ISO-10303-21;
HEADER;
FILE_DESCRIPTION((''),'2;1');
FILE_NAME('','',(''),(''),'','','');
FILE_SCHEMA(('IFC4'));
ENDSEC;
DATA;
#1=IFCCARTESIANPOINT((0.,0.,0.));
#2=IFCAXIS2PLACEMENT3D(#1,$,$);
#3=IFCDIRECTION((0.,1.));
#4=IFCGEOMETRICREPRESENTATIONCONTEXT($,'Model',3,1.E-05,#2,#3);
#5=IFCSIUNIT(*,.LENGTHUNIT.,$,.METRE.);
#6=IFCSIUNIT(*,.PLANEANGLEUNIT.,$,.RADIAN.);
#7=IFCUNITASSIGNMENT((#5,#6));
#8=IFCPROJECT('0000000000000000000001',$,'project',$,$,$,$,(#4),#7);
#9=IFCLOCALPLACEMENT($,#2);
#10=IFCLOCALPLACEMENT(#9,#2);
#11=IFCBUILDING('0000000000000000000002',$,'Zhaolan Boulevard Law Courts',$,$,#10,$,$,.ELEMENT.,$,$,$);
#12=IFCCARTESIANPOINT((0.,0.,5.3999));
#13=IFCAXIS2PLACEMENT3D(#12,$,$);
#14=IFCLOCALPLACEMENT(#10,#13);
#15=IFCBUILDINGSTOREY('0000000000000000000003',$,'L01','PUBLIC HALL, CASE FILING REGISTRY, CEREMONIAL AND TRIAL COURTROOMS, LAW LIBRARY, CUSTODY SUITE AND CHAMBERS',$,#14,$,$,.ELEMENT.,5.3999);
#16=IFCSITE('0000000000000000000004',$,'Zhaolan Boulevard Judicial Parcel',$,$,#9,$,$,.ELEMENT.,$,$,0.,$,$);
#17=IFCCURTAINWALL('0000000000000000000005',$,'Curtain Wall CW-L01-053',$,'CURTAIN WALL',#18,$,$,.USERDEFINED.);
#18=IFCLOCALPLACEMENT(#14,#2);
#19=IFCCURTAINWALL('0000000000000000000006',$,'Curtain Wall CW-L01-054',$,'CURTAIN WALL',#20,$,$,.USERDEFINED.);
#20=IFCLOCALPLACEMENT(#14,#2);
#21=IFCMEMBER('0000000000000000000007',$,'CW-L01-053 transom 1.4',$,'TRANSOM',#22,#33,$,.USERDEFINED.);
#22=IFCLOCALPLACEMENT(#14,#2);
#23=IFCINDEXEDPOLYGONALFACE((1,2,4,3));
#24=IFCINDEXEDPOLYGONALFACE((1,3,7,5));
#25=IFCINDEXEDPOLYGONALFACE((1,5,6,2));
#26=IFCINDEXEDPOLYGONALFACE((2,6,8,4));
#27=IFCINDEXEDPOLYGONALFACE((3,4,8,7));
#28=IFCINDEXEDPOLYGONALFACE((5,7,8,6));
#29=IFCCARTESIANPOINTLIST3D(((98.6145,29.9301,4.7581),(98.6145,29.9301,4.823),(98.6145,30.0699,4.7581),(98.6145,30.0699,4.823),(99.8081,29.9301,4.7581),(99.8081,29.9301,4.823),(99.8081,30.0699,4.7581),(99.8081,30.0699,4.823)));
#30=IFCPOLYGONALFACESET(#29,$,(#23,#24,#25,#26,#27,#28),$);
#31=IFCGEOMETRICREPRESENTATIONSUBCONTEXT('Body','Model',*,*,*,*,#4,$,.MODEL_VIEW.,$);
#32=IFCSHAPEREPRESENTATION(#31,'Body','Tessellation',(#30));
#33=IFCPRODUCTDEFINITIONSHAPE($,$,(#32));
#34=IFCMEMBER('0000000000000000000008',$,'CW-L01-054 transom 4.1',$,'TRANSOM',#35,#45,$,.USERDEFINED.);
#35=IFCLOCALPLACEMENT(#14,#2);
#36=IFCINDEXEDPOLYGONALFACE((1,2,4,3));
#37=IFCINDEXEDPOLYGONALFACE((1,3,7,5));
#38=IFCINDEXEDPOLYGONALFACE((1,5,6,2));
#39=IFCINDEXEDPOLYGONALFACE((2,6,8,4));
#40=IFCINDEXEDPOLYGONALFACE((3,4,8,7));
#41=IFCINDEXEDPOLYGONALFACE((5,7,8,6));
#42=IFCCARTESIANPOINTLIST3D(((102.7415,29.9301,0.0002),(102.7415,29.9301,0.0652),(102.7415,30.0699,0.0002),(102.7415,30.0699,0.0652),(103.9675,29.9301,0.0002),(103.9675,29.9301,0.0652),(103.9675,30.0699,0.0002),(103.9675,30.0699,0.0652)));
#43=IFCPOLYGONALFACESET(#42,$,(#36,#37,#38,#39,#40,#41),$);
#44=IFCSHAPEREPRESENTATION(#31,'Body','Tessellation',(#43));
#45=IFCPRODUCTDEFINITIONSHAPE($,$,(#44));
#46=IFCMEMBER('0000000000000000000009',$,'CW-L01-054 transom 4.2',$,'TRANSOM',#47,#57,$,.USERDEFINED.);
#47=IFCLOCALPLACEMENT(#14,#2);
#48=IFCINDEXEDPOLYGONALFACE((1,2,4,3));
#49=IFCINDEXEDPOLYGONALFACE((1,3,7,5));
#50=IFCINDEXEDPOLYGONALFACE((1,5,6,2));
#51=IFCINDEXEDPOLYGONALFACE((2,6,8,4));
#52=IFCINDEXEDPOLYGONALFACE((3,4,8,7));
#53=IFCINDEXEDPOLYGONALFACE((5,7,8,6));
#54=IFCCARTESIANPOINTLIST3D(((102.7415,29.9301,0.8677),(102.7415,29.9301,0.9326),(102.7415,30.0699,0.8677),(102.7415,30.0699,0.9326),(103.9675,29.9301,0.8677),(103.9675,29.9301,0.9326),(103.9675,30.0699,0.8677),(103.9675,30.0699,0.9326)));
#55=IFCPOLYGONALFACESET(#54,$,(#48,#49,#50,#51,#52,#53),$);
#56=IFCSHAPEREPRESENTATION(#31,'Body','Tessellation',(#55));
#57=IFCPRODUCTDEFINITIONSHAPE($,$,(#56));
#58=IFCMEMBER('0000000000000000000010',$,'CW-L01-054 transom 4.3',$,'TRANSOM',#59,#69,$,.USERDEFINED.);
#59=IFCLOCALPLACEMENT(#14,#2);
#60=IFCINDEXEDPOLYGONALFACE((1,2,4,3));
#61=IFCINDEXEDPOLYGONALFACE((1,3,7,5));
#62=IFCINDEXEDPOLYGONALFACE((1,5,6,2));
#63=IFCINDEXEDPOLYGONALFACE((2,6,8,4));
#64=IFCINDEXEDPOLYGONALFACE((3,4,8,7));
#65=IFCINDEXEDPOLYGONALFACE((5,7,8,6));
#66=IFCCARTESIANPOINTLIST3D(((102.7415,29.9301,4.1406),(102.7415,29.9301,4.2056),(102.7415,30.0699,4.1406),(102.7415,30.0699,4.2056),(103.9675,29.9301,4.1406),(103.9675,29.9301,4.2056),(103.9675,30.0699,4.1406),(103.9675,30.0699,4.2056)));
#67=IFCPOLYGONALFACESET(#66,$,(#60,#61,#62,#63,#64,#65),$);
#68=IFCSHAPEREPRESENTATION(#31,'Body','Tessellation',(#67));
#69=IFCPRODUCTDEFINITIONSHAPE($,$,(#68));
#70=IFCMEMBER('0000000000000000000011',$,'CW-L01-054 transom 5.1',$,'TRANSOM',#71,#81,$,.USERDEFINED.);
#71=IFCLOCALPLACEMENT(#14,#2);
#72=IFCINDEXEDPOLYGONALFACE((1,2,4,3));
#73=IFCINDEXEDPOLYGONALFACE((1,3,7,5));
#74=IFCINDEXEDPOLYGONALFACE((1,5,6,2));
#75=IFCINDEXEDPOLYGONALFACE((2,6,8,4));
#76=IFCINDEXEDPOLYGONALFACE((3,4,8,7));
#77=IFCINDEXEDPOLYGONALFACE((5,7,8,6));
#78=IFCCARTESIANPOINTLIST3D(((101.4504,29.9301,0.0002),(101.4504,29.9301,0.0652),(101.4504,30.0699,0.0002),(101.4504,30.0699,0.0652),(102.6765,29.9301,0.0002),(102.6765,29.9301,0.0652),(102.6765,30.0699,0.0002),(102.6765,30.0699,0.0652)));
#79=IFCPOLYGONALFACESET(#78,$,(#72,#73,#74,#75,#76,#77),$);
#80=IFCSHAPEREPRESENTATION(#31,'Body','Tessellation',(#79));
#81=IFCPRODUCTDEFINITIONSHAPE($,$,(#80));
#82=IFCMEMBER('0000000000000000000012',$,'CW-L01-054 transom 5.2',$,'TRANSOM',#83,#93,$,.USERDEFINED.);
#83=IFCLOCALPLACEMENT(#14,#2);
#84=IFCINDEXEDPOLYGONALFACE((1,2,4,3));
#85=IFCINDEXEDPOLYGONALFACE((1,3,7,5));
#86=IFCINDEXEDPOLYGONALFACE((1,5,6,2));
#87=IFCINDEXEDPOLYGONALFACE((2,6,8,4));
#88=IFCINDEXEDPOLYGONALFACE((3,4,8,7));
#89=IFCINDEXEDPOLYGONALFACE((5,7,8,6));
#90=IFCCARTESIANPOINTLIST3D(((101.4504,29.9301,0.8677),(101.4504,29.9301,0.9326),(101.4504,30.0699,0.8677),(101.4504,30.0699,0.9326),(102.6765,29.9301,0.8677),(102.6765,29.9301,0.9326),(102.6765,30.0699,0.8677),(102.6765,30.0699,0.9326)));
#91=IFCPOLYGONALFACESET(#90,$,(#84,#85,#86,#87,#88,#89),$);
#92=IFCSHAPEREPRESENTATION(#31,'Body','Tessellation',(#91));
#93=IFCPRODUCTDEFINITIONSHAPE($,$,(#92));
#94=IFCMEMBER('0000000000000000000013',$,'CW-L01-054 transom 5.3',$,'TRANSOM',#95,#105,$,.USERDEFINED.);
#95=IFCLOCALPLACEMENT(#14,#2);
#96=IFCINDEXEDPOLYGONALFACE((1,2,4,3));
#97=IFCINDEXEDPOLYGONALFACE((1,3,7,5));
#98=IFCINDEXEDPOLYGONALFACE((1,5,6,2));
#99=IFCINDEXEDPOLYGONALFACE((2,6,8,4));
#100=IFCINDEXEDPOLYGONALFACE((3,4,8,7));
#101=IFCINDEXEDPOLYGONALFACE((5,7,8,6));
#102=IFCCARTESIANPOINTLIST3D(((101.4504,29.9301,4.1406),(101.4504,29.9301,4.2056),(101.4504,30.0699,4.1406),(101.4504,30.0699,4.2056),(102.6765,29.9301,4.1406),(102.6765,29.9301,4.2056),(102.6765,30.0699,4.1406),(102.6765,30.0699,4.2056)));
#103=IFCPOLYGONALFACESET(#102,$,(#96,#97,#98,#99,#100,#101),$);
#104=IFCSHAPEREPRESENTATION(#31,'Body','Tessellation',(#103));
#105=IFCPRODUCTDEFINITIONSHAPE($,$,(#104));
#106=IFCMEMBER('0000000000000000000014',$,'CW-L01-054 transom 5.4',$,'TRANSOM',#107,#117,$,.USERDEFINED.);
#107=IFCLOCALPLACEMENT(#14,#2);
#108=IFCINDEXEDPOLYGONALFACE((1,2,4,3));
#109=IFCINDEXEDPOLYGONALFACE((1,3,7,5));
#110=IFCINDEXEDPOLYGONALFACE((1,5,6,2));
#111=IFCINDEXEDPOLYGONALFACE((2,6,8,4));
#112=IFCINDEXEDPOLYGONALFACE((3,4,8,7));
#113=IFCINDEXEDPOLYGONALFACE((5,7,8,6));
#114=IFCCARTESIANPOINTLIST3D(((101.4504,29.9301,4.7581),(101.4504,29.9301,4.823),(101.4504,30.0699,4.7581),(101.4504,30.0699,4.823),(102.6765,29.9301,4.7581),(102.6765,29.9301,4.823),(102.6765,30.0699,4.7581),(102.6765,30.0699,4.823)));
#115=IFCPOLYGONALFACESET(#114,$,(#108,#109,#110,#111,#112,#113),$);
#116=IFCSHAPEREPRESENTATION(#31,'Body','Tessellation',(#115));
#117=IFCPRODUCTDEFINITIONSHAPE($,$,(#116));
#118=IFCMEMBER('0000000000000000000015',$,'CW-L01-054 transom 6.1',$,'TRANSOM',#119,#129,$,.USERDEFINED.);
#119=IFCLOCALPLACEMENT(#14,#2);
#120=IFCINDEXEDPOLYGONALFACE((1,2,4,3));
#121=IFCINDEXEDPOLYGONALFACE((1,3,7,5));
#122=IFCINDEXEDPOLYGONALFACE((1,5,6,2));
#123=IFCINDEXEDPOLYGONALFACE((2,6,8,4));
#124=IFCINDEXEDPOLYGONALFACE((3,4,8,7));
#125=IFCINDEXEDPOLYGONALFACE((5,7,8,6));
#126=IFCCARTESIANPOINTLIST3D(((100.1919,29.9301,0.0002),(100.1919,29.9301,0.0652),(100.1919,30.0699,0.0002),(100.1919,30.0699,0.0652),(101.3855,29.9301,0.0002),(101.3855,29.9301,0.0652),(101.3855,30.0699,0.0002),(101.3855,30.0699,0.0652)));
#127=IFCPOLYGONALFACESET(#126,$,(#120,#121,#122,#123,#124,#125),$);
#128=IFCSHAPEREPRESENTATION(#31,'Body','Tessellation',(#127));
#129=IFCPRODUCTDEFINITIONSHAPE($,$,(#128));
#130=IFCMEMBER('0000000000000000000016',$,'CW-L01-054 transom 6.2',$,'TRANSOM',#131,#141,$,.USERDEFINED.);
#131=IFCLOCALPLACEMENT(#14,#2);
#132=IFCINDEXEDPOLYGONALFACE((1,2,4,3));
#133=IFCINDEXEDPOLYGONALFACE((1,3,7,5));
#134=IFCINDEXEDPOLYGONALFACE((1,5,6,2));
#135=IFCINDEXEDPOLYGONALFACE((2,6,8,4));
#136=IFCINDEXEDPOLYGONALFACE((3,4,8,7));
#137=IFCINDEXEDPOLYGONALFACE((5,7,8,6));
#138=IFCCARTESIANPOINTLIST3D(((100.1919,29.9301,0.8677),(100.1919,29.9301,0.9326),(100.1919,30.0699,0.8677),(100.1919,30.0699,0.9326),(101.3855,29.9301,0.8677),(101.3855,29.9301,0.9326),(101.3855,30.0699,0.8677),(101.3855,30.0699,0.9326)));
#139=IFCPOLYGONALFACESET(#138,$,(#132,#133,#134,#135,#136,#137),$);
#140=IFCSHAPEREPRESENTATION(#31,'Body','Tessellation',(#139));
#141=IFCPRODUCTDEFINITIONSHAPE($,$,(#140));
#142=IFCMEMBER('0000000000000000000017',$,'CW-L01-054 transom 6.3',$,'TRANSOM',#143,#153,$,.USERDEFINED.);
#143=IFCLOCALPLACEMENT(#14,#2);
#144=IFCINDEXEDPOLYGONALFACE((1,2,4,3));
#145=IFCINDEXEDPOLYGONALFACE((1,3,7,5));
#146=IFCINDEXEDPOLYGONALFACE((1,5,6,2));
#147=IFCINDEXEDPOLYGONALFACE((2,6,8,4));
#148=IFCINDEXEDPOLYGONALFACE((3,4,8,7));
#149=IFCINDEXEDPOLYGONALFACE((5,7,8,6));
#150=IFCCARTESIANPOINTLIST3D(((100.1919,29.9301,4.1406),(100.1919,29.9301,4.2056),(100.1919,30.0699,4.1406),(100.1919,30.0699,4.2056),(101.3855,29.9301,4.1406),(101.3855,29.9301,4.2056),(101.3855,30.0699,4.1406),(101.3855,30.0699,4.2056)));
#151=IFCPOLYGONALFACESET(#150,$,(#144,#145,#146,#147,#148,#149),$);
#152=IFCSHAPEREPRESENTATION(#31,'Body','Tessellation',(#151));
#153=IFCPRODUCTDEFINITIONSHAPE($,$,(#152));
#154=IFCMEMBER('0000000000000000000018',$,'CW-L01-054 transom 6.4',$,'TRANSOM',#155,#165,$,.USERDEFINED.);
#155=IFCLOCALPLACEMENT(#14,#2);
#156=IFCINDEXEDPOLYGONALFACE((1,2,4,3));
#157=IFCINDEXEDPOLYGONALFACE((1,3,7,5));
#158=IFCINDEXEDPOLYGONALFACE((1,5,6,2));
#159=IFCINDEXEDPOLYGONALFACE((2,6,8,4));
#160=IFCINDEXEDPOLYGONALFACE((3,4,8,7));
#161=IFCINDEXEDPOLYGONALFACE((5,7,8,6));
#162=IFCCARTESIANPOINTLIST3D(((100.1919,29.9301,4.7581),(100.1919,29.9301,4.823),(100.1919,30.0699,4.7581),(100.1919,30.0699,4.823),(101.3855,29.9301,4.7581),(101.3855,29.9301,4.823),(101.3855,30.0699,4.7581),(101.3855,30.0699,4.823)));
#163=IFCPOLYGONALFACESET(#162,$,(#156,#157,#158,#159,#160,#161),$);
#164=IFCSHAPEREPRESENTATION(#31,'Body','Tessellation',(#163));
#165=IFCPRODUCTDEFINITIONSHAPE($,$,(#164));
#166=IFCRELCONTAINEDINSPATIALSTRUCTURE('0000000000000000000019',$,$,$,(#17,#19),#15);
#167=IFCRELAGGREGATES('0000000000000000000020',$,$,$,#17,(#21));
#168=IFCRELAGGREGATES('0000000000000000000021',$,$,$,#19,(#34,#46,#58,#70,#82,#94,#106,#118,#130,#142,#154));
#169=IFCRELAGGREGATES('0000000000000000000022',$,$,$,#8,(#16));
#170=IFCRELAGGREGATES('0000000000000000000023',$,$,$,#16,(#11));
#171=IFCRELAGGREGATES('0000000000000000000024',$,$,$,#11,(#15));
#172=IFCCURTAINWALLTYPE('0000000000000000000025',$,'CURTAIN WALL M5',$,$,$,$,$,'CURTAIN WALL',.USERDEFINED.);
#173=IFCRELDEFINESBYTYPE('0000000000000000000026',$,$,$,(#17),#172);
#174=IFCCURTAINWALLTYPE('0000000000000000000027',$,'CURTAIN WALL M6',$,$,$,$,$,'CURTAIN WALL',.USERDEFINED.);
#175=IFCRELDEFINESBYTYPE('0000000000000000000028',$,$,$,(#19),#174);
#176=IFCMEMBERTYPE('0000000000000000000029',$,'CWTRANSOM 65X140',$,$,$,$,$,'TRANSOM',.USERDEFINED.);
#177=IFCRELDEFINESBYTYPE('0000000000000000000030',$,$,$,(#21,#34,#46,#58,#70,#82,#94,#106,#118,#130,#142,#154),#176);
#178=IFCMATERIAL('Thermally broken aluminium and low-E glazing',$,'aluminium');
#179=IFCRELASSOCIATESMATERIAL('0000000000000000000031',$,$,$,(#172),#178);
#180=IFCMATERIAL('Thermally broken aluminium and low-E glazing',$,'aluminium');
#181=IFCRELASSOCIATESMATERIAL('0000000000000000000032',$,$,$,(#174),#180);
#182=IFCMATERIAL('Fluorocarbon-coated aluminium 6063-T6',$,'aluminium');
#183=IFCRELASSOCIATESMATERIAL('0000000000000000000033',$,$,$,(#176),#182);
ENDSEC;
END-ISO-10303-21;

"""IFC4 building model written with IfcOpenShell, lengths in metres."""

from ifc_helpers import new_model, si_unit, direction, frame, origin, origin_2d, place, context, subcontext, project, spatial, rectangle, extrude, material, material_profile, profile_set, type_object, element, aggregate, save


model = new_model("IFC4")

# Units and contexts
model_context = context("Model", 3, precision=1e-05, world=origin(), true_north=direction((0.0, 1.0)))
body_context = subcontext(model_context, "Body", "Model", "MODEL_VIEW")
ifc_project = project(units=[si_unit("LENGTHUNIT", "METRE"), si_unit("PLANEANGLEUNIT", "RADIAN")], contexts=[model_context])

# Site, building, storey
site_placement = place(None, origin())
site = spatial("IfcSite", under=ifc_project, at=site_placement, Name="Zhaolan Boulevard Judicial Parcel", CompositionType="ELEMENT", RefElevation=0.0)
building_placement = place(site_placement, origin())
building = spatial("IfcBuilding", under=site, at=building_placement, Name="Zhaolan Boulevard Law Courts", CompositionType="ELEMENT")
storey_placement = place(building_placement, frame((0.0, 0.0, 5.3999)))
storey = spatial("IfcBuildingStorey", under=building, at=storey_placement, Name="L01", Description="PUBLIC HALL, CASE FILING REGISTRY, CEREMONIAL AND TRIAL COURTROOMS, LAW LIBRARY, CUSTODY SUITE AND CHAMBERS", CompositionType="ELEMENT", Elevation=5.3999)

# Curtain wall
ifc_material_1 = material(Name="Thermally broken aluminium and low-E glazing", Category="aluminium")
curtain_wall_type_1 = type_object("IfcCurtainWallType", Name="CURTAIN WALL M5", ElementType="CURTAIN WALL", PredefinedType="USERDEFINED", material=ifc_material_1)
curtain_wall_1_placement = place(storey_placement, origin())
curtain_wall_1 = element("IfcCurtainWall", 1, at=curtain_wall_1_placement, inside=storey, type_object=curtain_wall_type_1, Name="Curtain Wall CW-L01-053", ObjectType="CURTAIN WALL", PredefinedType="USERDEFINED")

# Curtain wall
ifc_material_2 = material(Name="Thermally broken aluminium and low-E glazing", Category="aluminium")
curtain_wall_type_2 = type_object("IfcCurtainWallType", Name="CURTAIN WALL M6", ElementType="CURTAIN WALL", PredefinedType="USERDEFINED", material=ifc_material_2)
curtain_wall_2_placement = place(storey_placement, origin())
curtain_wall_2 = element("IfcCurtainWall", 2, at=curtain_wall_2_placement, inside=storey, type_object=curtain_wall_type_2, Name="Curtain Wall CW-L01-054", ObjectType="CURTAIN WALL", PredefinedType="USERDEFINED")

# Members
ifc_material_3 = material(Name="Fluorocarbon-coated aluminium 6063-T6", Category="aluminium")
ifc_material_profile_1 = material_profile(ifc_material_3, rectangle(XDim=0.1399, YDim=0.0649, at=origin_2d()), Name="AL65x140")
ifc_profile_set_1 = profile_set([ifc_material_profile_1], Name="Fluorocarbon-coated aluminium 6063-T6")
member_type_1 = type_object("IfcMemberType", Name="CWTRANSOM 65X140", ElementType="TRANSOM", PredefinedType="USERDEFINED", material=ifc_profile_set_1)
member_1_placement = place(storey_placement, frame((99.8081, 30.0, 4.7905), z_axis=(-1.0, 0.0, 0.0), x_axis=(0.0, -1.0, 0.0)))
member_1 = element("IfcMember", 3, at=member_1_placement, type_object=member_type_1, Name="CW-L01-053 transom 1.4", ObjectType="TRANSOM", PredefinedType="USERDEFINED", context=body_context, shape_type="SweptSolid", body=[
    extrude(rectangle(XDim=0.1399, YDim=0.0649, at=origin_2d()), origin(), (0.0, 0.0, 1.0), 1.1936),
])
member_2_placement = place(storey_placement, frame((103.9675, 30.0, 0.0327), z_axis=(-1.0, 0.0, 0.0), x_axis=(0.0, -1.0, 0.0)))
member_2 = element("IfcMember", 4, at=member_2_placement, type_object=member_type_1, Name="CW-L01-054 transom 4.1", ObjectType="TRANSOM", PredefinedType="USERDEFINED", context=body_context, shape_type="SweptSolid", body=[
    extrude(rectangle(XDim=0.1399, YDim=0.0649, at=origin_2d()), origin(), (0.0, 0.0, 1.0), 1.2261),
])
member_3_placement = place(storey_placement, frame((103.9675, 30.0, 0.9001), z_axis=(-1.0, 0.0, 0.0), x_axis=(0.0, -1.0, 0.0)))
member_3 = element("IfcMember", 5, at=member_3_placement, type_object=member_type_1, Name="CW-L01-054 transom 4.2", ObjectType="TRANSOM", PredefinedType="USERDEFINED", context=body_context, shape_type="SweptSolid", body=[
    extrude(rectangle(XDim=0.1399, YDim=0.0649, at=origin_2d()), origin(), (0.0, 0.0, 1.0), 1.2261),
])
member_4_placement = place(storey_placement, frame((103.9675, 30.0, 4.1731), z_axis=(-1.0, 0.0, 0.0), x_axis=(0.0, -1.0, 0.0)))
member_4 = element("IfcMember", 6, at=member_4_placement, type_object=member_type_1, Name="CW-L01-054 transom 4.3", ObjectType="TRANSOM", PredefinedType="USERDEFINED", context=body_context, shape_type="SweptSolid", body=[
    extrude(rectangle(XDim=0.1399, YDim=0.0649, at=origin_2d()), origin(), (0.0, 0.0, 1.0), 1.2261),
])
member_5_placement = place(storey_placement, frame((102.6765, 30.0, 0.0327), z_axis=(-1.0, 0.0, 0.0), x_axis=(0.0, -1.0, 0.0)))
member_5 = element("IfcMember", 7, at=member_5_placement, type_object=member_type_1, Name="CW-L01-054 transom 5.1", ObjectType="TRANSOM", PredefinedType="USERDEFINED", context=body_context, shape_type="SweptSolid", body=[
    extrude(rectangle(XDim=0.1399, YDim=0.0649, at=origin_2d()), origin(), (0.0, 0.0, 1.0), 1.2261),
])
member_6_placement = place(storey_placement, frame((102.6765, 30.0, 0.9001), z_axis=(-1.0, 0.0, 0.0), x_axis=(0.0, -1.0, 0.0)))
member_6 = element("IfcMember", 8, at=member_6_placement, type_object=member_type_1, Name="CW-L01-054 transom 5.2", ObjectType="TRANSOM", PredefinedType="USERDEFINED", context=body_context, shape_type="SweptSolid", body=[
    extrude(rectangle(XDim=0.1399, YDim=0.0649, at=origin_2d()), origin(), (0.0, 0.0, 1.0), 1.2261),
])
member_7_placement = place(storey_placement, frame((102.6765, 30.0, 4.1731), z_axis=(-1.0, 0.0, 0.0), x_axis=(0.0, -1.0, 0.0)))
member_7 = element("IfcMember", 9, at=member_7_placement, type_object=member_type_1, Name="CW-L01-054 transom 5.3", ObjectType="TRANSOM", PredefinedType="USERDEFINED", context=body_context, shape_type="SweptSolid", body=[
    extrude(rectangle(XDim=0.1399, YDim=0.0649, at=origin_2d()), origin(), (0.0, 0.0, 1.0), 1.2261),
])
member_8_placement = place(storey_placement, frame((102.6765, 30.0, 4.7905), z_axis=(-1.0, 0.0, 0.0), x_axis=(0.0, -1.0, 0.0)))
member_8 = element("IfcMember", 10, at=member_8_placement, type_object=member_type_1, Name="CW-L01-054 transom 5.4", ObjectType="TRANSOM", PredefinedType="USERDEFINED", context=body_context, shape_type="SweptSolid", body=[
    extrude(rectangle(XDim=0.1399, YDim=0.0649, at=origin_2d()), origin(), (0.0, 0.0, 1.0), 1.2261),
])
member_9_placement = place(storey_placement, frame((101.3855, 30.0, 0.0327), z_axis=(-1.0, 0.0, 0.0), x_axis=(0.0, -1.0, 0.0)))
member_9 = element("IfcMember", 11, at=member_9_placement, type_object=member_type_1, Name="CW-L01-054 transom 6.1", ObjectType="TRANSOM", PredefinedType="USERDEFINED", context=body_context, shape_type="SweptSolid", body=[
    extrude(rectangle(XDim=0.1399, YDim=0.0649, at=origin_2d()), origin(), (0.0, 0.0, 1.0), 1.1936),
])
member_10_placement = place(storey_placement, frame((101.3855, 30.0, 0.9001), z_axis=(-1.0, 0.0, 0.0), x_axis=(0.0, -1.0, 0.0)))
member_10 = element("IfcMember", 12, at=member_10_placement, type_object=member_type_1, Name="CW-L01-054 transom 6.2", ObjectType="TRANSOM", PredefinedType="USERDEFINED", context=body_context, shape_type="SweptSolid", body=[
    extrude(rectangle(XDim=0.1399, YDim=0.0649, at=origin_2d()), origin(), (0.0, 0.0, 1.0), 1.1936),
])
member_11_placement = place(storey_placement, frame((101.3855, 30.0, 4.1731), z_axis=(-1.0, 0.0, 0.0), x_axis=(0.0, -1.0, 0.0)))
member_11 = element("IfcMember", 13, at=member_11_placement, type_object=member_type_1, Name="CW-L01-054 transom 6.3", ObjectType="TRANSOM", PredefinedType="USERDEFINED", context=body_context, shape_type="SweptSolid", body=[
    extrude(rectangle(XDim=0.1399, YDim=0.0649, at=origin_2d()), origin(), (0.0, 0.0, 1.0), 1.1936),
])
member_12_placement = place(storey_placement, frame((101.3855, 30.0, 4.7905), z_axis=(-1.0, 0.0, 0.0), x_axis=(0.0, -1.0, 0.0)))
member_12 = element("IfcMember", 14, at=member_12_placement, type_object=member_type_1, Name="CW-L01-054 transom 6.4", ObjectType="TRANSOM", PredefinedType="USERDEFINED", context=body_context, shape_type="SweptSolid", body=[
    extrude(rectangle(XDim=0.1399, YDim=0.0649, at=origin_2d()), origin(), (0.0, 0.0, 1.0), 1.1936),
])

aggregate(curtain_wall_1, [member_1])
aggregate(curtain_wall_2, [member_2, member_3, member_4, member_5, member_6, member_7, member_8, member_9, member_10, member_11, member_12])

save(model, "model.ifc")
